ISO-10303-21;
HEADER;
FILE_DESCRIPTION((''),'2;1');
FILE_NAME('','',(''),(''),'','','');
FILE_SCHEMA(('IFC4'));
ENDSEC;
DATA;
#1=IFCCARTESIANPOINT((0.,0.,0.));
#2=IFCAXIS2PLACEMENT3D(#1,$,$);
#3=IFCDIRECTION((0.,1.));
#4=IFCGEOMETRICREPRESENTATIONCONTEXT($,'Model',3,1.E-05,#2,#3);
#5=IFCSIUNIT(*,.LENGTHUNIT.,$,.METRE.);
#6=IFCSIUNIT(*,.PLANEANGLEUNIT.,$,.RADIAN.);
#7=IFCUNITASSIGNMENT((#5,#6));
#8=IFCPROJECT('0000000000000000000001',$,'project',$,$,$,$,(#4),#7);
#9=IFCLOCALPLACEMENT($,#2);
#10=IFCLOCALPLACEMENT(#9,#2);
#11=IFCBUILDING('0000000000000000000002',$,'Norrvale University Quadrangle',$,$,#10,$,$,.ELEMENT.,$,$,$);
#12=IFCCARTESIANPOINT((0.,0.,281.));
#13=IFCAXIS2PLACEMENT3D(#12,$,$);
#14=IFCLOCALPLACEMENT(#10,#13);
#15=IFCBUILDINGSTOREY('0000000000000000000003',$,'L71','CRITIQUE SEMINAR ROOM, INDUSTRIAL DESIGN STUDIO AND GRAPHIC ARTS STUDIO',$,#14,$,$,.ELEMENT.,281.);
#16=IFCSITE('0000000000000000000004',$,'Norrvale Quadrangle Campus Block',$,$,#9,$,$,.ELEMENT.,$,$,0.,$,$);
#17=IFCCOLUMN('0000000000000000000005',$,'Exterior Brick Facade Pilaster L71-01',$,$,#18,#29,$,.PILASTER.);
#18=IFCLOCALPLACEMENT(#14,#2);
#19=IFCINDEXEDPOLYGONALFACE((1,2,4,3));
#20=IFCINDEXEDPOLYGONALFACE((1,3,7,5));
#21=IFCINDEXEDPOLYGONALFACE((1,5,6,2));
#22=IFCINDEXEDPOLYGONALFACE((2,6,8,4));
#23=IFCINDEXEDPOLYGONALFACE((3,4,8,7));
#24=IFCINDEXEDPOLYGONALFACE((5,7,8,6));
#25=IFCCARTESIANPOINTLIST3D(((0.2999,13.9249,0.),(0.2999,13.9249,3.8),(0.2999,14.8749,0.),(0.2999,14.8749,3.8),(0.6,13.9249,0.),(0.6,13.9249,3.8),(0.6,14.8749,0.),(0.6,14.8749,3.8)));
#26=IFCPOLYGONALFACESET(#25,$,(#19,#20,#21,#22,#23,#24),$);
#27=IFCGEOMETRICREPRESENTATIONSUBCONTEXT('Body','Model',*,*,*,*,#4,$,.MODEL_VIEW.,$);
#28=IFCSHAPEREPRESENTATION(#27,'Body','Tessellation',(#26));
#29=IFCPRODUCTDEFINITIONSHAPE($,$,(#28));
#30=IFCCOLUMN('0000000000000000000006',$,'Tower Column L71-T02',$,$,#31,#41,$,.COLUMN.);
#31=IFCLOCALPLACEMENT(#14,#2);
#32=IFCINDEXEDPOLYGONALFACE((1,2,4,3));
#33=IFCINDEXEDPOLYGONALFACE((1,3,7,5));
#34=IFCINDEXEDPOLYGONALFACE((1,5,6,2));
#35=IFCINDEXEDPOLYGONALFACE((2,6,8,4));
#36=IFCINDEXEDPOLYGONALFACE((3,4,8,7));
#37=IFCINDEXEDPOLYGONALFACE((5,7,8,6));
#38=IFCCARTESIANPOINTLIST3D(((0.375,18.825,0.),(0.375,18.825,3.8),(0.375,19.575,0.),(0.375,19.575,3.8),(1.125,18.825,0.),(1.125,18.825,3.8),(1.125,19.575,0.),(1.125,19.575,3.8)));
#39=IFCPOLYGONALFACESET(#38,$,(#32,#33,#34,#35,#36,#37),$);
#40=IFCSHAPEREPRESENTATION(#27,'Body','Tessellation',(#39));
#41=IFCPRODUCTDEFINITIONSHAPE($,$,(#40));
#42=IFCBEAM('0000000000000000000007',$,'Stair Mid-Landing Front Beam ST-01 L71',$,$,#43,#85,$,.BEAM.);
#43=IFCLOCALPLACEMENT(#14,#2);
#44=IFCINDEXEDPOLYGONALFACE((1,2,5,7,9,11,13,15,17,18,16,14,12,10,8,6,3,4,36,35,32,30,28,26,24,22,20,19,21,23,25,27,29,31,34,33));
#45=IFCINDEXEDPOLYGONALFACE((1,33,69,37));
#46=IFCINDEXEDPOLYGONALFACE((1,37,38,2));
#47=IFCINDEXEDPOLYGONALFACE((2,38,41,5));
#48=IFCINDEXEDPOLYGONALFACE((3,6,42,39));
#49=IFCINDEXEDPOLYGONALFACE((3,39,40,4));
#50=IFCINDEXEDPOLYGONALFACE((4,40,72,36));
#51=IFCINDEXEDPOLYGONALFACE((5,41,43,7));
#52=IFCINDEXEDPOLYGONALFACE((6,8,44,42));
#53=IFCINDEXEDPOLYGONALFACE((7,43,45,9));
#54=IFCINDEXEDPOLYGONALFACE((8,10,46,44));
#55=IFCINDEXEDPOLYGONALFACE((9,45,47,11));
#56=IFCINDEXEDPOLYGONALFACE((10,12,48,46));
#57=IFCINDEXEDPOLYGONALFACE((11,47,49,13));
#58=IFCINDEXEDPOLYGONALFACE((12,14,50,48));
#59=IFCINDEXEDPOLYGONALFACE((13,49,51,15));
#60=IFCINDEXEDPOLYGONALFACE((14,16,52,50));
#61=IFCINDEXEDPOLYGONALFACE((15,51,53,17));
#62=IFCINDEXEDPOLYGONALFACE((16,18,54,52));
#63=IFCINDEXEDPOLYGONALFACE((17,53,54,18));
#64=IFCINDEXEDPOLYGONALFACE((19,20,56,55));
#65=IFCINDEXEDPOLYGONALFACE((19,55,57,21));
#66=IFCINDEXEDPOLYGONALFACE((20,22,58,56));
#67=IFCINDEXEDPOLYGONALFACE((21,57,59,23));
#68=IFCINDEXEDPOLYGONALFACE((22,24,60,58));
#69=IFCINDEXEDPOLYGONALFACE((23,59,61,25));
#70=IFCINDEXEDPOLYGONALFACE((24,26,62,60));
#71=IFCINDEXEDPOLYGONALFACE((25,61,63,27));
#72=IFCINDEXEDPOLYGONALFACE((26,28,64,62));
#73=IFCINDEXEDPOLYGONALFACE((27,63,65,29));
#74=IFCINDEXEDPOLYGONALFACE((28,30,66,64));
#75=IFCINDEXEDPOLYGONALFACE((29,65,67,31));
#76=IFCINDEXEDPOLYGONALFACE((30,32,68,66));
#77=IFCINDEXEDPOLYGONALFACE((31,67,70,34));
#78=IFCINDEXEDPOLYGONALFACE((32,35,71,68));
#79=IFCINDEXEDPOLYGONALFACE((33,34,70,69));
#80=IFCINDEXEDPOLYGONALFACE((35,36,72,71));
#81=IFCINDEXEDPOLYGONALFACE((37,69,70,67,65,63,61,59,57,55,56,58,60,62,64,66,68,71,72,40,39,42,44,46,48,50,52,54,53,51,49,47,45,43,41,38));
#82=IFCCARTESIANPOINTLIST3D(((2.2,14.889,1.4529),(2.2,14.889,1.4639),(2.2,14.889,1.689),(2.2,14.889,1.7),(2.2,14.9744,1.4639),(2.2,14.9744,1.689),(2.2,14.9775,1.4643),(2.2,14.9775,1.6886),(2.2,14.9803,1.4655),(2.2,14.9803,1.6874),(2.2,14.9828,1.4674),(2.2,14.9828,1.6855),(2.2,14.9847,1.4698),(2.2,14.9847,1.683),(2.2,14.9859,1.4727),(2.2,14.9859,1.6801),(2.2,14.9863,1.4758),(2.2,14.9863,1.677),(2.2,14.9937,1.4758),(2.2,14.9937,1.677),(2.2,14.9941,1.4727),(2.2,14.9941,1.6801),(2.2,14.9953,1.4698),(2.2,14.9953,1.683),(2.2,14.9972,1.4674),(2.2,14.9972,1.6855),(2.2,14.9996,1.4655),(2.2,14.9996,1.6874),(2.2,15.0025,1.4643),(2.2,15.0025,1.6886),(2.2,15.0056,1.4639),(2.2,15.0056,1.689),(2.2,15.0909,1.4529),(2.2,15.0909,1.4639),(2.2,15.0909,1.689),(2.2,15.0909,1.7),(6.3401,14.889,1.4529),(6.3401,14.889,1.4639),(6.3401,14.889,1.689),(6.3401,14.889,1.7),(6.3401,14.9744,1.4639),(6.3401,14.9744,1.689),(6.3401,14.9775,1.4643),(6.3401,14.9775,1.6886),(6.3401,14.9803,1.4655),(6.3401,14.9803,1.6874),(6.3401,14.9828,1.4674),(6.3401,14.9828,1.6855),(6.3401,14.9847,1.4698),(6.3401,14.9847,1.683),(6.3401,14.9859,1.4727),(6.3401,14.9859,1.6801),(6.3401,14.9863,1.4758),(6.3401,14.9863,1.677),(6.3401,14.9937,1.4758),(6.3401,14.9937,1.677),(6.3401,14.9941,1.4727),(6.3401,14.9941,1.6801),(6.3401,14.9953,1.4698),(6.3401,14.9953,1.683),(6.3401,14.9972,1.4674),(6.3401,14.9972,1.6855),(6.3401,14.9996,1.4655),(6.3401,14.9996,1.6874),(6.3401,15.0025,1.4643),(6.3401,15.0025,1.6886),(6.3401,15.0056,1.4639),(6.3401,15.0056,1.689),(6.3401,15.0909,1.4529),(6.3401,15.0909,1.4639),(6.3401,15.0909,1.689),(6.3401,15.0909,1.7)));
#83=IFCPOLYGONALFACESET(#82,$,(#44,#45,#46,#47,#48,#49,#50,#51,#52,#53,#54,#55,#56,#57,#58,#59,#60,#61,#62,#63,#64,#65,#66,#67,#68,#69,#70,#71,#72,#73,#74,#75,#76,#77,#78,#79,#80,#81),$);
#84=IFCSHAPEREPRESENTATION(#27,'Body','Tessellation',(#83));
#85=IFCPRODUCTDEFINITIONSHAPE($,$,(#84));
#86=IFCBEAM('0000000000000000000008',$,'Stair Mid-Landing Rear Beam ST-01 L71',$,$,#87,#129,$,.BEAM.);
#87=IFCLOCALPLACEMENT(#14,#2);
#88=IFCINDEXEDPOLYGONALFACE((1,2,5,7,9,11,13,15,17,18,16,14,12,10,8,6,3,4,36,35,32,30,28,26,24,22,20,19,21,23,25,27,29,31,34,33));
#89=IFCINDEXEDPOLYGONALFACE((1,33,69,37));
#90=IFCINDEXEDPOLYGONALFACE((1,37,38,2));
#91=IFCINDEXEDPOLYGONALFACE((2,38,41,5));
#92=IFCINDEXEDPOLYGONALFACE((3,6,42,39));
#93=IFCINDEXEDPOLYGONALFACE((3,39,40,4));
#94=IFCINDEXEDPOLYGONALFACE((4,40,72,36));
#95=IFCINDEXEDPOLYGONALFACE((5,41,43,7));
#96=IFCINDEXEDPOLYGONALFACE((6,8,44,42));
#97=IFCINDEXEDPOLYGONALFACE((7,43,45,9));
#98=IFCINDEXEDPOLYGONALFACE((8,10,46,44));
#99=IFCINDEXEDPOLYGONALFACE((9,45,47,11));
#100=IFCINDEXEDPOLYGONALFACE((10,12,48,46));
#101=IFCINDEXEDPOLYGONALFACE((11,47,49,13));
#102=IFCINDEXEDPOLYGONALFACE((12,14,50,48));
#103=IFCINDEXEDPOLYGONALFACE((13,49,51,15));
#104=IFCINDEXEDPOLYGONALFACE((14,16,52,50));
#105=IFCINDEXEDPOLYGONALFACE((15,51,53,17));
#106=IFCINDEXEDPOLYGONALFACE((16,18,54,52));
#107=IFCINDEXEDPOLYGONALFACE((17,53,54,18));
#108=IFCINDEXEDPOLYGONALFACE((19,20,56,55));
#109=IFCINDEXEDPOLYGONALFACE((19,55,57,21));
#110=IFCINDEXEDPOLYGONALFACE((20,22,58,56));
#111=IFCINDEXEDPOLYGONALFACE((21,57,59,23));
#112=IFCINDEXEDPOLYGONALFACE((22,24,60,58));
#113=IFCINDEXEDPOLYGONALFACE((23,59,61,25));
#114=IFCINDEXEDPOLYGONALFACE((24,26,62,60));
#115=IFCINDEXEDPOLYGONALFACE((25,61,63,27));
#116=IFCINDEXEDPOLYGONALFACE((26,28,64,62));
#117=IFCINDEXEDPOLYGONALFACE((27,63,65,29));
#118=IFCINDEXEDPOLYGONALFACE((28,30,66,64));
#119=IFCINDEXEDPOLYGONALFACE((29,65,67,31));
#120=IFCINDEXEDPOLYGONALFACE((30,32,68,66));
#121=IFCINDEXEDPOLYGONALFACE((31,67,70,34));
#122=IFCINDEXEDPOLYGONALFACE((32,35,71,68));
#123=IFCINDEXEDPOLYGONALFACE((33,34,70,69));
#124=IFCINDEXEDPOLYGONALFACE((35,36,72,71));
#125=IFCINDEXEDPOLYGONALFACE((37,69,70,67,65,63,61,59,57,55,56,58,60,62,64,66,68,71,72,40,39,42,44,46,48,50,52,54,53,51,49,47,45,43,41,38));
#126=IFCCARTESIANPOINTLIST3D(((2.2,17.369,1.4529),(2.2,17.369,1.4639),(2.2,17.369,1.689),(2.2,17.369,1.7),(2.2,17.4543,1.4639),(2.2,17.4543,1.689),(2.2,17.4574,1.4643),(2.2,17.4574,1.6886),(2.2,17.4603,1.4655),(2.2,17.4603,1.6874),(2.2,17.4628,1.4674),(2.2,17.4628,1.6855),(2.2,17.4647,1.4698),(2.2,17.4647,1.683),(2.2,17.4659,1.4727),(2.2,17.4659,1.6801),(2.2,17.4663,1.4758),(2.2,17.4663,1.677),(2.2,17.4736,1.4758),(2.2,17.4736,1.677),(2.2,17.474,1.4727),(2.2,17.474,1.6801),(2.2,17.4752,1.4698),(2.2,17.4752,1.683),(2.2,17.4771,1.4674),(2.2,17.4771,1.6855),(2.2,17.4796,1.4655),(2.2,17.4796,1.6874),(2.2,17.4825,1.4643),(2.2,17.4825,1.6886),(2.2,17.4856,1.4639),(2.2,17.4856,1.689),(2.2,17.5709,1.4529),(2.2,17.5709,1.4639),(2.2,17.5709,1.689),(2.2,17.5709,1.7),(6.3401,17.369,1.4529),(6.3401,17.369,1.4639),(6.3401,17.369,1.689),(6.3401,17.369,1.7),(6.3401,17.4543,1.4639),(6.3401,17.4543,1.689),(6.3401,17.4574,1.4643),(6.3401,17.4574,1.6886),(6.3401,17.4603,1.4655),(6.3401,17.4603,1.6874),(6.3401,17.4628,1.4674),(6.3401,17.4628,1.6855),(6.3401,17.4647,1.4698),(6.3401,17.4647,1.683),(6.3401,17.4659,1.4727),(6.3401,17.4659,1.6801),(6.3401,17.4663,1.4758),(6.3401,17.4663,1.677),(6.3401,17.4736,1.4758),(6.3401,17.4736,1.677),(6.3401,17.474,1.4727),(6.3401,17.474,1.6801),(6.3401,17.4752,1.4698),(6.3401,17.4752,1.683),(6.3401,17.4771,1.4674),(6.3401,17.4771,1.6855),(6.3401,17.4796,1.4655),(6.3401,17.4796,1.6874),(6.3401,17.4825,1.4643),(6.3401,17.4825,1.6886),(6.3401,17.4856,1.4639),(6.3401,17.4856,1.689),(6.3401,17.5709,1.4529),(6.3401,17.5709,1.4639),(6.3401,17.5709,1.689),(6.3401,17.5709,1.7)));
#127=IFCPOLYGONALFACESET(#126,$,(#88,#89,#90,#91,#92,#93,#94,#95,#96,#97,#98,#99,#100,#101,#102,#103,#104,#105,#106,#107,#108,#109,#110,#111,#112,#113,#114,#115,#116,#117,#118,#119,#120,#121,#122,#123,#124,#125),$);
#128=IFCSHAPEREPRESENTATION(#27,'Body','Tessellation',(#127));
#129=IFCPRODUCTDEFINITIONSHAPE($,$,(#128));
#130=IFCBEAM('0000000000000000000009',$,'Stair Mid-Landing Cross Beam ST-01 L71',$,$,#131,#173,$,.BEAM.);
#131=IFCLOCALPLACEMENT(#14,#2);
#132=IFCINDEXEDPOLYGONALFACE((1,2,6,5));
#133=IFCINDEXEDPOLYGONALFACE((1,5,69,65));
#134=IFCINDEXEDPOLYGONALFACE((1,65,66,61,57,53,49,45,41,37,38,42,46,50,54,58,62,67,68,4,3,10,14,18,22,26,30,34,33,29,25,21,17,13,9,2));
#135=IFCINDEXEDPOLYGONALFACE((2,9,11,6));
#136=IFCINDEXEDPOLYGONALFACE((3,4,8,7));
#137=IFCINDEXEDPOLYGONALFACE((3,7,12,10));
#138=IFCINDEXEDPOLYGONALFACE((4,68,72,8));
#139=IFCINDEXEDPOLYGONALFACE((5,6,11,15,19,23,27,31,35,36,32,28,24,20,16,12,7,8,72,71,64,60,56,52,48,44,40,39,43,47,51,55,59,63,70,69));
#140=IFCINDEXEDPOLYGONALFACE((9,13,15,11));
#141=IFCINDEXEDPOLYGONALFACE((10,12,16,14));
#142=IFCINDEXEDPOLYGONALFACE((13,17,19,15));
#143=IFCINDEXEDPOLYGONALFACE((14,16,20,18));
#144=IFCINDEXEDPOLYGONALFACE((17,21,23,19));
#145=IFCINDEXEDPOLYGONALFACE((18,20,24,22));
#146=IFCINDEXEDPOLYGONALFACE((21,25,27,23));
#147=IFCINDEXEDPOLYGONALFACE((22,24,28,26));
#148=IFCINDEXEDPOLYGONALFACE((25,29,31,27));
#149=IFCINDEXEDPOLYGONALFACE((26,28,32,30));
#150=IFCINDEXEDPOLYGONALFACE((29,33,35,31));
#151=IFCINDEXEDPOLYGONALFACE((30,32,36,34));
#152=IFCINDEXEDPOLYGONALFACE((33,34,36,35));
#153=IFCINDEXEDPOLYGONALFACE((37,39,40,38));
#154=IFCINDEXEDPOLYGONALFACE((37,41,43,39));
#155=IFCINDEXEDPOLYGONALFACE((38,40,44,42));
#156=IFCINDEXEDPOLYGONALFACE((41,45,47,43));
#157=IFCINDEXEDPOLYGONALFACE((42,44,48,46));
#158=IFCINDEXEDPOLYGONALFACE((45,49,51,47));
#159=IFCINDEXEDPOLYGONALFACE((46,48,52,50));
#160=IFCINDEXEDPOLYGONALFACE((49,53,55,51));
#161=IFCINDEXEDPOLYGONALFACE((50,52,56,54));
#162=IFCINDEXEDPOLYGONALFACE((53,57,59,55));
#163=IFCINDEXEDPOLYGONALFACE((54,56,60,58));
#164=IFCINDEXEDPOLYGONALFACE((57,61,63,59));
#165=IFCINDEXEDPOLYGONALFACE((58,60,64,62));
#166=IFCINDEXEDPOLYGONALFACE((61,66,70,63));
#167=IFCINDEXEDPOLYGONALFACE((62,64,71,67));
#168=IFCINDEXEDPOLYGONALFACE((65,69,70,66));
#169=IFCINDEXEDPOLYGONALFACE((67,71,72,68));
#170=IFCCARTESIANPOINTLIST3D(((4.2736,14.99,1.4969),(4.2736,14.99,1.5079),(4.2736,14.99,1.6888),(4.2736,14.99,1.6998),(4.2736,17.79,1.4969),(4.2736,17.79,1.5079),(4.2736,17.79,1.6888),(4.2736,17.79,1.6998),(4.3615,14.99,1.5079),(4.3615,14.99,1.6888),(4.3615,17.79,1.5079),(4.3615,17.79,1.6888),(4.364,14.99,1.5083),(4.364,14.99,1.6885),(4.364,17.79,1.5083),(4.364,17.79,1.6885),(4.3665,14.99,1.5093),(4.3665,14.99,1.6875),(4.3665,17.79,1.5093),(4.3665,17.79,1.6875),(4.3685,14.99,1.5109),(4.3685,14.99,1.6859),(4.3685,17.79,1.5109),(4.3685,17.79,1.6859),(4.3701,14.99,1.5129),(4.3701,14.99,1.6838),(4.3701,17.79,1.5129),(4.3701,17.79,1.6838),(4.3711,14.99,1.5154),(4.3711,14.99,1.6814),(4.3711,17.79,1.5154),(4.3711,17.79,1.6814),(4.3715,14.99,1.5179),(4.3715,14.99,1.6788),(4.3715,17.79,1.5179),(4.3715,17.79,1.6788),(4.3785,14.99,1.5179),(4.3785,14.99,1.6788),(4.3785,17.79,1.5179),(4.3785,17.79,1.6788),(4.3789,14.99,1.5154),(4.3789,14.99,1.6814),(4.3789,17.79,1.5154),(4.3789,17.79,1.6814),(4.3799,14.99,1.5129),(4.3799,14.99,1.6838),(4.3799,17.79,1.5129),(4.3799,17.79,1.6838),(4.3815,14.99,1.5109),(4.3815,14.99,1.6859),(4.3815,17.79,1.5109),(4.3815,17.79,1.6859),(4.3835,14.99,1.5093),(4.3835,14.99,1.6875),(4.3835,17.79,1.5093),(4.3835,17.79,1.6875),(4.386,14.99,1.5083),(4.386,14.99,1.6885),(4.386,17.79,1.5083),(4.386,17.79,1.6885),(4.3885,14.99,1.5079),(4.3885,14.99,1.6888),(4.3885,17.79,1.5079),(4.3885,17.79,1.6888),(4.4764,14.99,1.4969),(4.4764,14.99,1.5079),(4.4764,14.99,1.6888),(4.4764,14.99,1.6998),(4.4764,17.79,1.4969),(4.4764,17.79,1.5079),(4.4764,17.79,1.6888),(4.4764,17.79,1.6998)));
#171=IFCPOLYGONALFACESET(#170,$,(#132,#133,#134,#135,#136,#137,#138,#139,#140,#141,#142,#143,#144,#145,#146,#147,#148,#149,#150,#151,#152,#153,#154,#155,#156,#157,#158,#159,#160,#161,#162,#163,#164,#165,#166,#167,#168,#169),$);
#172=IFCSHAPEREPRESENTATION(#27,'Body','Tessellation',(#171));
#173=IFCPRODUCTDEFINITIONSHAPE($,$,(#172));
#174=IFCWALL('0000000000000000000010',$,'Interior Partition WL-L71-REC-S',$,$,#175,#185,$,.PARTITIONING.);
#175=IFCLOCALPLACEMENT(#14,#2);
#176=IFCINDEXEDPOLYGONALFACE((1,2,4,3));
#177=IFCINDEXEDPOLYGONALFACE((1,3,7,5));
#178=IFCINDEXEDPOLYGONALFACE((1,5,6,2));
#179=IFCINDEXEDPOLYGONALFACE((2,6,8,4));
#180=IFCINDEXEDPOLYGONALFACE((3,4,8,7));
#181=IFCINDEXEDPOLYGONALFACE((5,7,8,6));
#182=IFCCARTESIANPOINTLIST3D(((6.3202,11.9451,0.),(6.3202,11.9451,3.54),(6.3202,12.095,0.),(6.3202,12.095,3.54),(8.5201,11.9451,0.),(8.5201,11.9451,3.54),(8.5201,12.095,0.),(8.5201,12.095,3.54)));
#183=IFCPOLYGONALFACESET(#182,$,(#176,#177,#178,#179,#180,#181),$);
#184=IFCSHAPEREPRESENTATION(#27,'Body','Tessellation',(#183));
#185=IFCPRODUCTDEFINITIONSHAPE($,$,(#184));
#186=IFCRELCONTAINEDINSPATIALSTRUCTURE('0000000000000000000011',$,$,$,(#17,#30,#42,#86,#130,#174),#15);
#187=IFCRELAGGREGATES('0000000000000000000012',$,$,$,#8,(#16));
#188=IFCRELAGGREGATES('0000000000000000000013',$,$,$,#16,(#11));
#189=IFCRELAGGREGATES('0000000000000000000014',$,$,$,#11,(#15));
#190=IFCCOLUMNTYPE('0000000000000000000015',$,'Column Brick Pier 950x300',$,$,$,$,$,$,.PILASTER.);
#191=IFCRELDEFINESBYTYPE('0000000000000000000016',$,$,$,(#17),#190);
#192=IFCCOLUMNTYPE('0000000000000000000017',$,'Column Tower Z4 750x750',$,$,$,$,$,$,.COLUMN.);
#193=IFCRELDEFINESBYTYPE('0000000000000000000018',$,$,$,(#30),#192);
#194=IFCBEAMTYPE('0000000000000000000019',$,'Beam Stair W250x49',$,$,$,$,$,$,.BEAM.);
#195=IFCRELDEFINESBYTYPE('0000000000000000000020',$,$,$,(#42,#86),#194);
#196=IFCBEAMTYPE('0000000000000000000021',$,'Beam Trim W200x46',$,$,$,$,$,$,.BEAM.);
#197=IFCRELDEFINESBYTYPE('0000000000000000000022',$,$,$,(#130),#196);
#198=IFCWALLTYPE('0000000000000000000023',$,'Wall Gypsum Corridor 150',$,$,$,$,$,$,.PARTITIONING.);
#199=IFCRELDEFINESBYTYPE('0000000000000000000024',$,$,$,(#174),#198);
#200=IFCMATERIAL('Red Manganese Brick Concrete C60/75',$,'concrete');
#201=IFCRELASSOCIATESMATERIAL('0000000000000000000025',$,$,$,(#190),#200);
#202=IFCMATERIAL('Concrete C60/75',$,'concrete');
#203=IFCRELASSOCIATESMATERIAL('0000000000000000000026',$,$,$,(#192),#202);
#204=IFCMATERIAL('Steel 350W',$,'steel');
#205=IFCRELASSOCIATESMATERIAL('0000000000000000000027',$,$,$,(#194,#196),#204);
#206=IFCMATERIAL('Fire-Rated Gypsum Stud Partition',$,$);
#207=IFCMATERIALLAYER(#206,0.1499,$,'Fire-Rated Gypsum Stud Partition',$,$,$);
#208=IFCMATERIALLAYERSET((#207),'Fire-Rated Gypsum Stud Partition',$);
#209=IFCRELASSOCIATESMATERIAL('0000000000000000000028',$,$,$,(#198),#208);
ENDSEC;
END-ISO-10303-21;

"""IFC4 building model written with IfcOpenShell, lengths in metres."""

from ifc_helpers import new_model, si_unit, direction, frame, frame_2d, origin, origin_2d, place, context, subcontext, project, spatial, rectangle, i_section, extrude, material, layer, layer_set, material_profile, profile_set, type_object, element, save


model = new_model("IFC4")

# Units and contexts
model_context = context("Model", 3, precision=1e-05, world=origin(), true_north=direction((0.0, 1.0)))
body_context = subcontext(model_context, "Body", "Model", "MODEL_VIEW")
ifc_project = project(units=[si_unit("LENGTHUNIT", "METRE"), si_unit("PLANEANGLEUNIT", "RADIAN")], contexts=[model_context])

# Site, building, storey
site_placement = place(None, origin())
site = spatial("IfcSite", under=ifc_project, at=site_placement, Name="Norrvale Quadrangle Campus Block", CompositionType="ELEMENT", RefElevation=0.0)
building_placement = place(site_placement, origin())
building = spatial("IfcBuilding", under=site, at=building_placement, Name="Norrvale University Quadrangle", CompositionType="ELEMENT")
storey_placement = place(building_placement, frame((0.0, 0.0, 281.0)))
storey = spatial("IfcBuildingStorey", under=building, at=storey_placement, Name="L71", Description="CRITIQUE SEMINAR ROOM, INDUSTRIAL DESIGN STUDIO AND GRAPHIC ARTS STUDIO", CompositionType="ELEMENT", Elevation=281.0)

# Columns
ifc_material_1 = material(Name="Red Manganese Brick Concrete C60/75", Category="concrete")
ifc_material_profile_1 = material_profile(ifc_material_1, rectangle(XDim=0.95, YDim=0.3, at=origin_2d()), Name="Red Manganese Brick Concrete C60/75")
ifc_profile_set_1 = profile_set([ifc_material_profile_1], Name="Red Manganese Brick Concrete C60/75")
column_type_1 = type_object("IfcColumnType", Name="Column Brick Pier 950x300", PredefinedType="PILASTER", material=ifc_profile_set_1)
column_1_placement = place(storey_placement, frame((0.45, 14.3999, 0.0), z_axis=(0.0, 0.0, 1.0), x_axis=(0.0, 1.0, 0.0)))
element("IfcColumn", 1, at=column_1_placement, inside=storey, type_object=column_type_1, Name="Exterior Brick Facade Pilaster L71-01", PredefinedType="PILASTER", context=body_context, shape_type="SweptSolid", body=[
    extrude(rectangle(XDim=0.95, YDim=0.3, at=origin_2d()), origin(), (0.0, 0.0, 1.0), 3.8),
])
ifc_material_2 = material(Name="Concrete C60/75", Category="concrete")
ifc_material_profile_2 = material_profile(ifc_material_2, rectangle(XDim=0.75, YDim=0.75, at=origin_2d()), Name="Concrete C60/75")
ifc_profile_set_2 = profile_set([ifc_material_profile_2], Name="Concrete C60/75")
column_type_2 = type_object("IfcColumnType", Name="Column Tower Z4 750x750", PredefinedType="COLUMN", material=ifc_profile_set_2)
column_2_placement = place(storey_placement, frame((0.75, 19.2, 0.0), z_axis=(0.0, 0.0, 1.0), x_axis=(1.0, 0.0, 0.0)))
element("IfcColumn", 2, at=column_2_placement, inside=storey, type_object=column_type_2, Name="Tower Column L71-T02", PredefinedType="COLUMN", context=body_context, shape_type="SweptSolid", body=[
    extrude(rectangle(XDim=0.75, YDim=0.75, at=origin_2d()), origin(), (0.0, 0.0, 1.0), 3.8),
])

# Beams
ifc_material_3 = material(Name="Steel 350W", Category="steel")
ifc_material_profile_3 = material_profile(ifc_material_3, i_section(OverallWidth=0.2019, OverallDepth=0.2471, WebThickness=0.0073, FlangeThickness=0.011, FilletRadius=0.012, at=origin_2d()), Name="Steel 350W")
ifc_profile_set_3 = profile_set([ifc_material_profile_3], Name="Steel 350W")
beam_type_1 = type_object("IfcBeamType", Name="Beam Stair W250x49", PredefinedType="BEAM", material=ifc_profile_set_3)
for number, where, z_axis, x_axis, name in (
    (3, (2.2, 14.99, 1.5764), (1.0, 0.0, 0.0), (0.0, 1.0, 0.0), "Stair Mid-Landing Front Beam ST-01 L71"),
    (4, (2.2, 17.47, 1.5764), (1.0, 0.0, 0.0), (0.0, 1.0, 0.0), "Stair Mid-Landing Rear Beam ST-01 L71"),
):
    element("IfcBeam", number, at=place(storey_placement, frame(where, z_axis=z_axis, x_axis=x_axis)), inside=storey, type_object=beam_type_1, Name=name, PredefinedType="BEAM", context=body_context, shape_type="SweptSolid", body=[
        extrude(i_section(OverallWidth=0.2019, OverallDepth=0.2471, WebThickness=0.0073, FlangeThickness=0.011, FilletRadius=0.012, at=origin_2d()), origin(), (0.0, 0.0, 1.0), 4.1401),
    ])
ifc_material_profile_4 = material_profile(ifc_material_3, i_section(OverallWidth=0.2029, OverallDepth=0.2029, WebThickness=0.0071, FlangeThickness=0.011, FilletRadius=0.01, at=origin_2d()), Name="Steel 350W")
ifc_profile_set_4 = profile_set([ifc_material_profile_4], Name="Steel 350W")
beam_type_2 = type_object("IfcBeamType", Name="Beam Trim W200x46", PredefinedType="BEAM", material=ifc_profile_set_4)
beam_placement = place(storey_placement, frame((4.375, 14.99, 1.5984), z_axis=(0.0, 1.0, 0.0), x_axis=(-1.0, 0.0, 0.0)))
element("IfcBeam", 5, at=beam_placement, inside=storey, type_object=beam_type_2, Name="Stair Mid-Landing Cross Beam ST-01 L71", PredefinedType="BEAM", context=body_context, shape_type="SweptSolid", body=[
    extrude(i_section(OverallWidth=0.2029, OverallDepth=0.2029, WebThickness=0.0071, FlangeThickness=0.011, FilletRadius=0.01, at=origin_2d()), origin(), (0.0, 0.0, 1.0), 2.8),
])

# Wall
ifc_material_4 = material(Name="Fire-Rated Gypsum Stud Partition")
ifc_layer_1 = layer(ifc_material_4, 0.1499, Name="Fire-Rated Gypsum Stud Partition")
ifc_layer_set_1 = layer_set([ifc_layer_1], Name="Fire-Rated Gypsum Stud Partition")
wall_type_1 = type_object("IfcWallType", Name="Wall Gypsum Corridor 150", PredefinedType="PARTITIONING", material=ifc_layer_set_1)
wall_1_placement = place(storey_placement, frame((6.3201, 12.02, 0.0), z_axis=(0.0, 0.0, 1.0), x_axis=(1.0, 0.0, 0.0)))
element("IfcWall", 6, at=wall_1_placement, inside=storey, type_object=wall_type_1, Name="Interior Partition WL-L71-REC-S", PredefinedType="PARTITIONING", context=body_context, shape_type="SweptSolid", body=[
    extrude(rectangle(XDim=2.2, YDim=0.1499, at=frame_2d((1.1001, 0.0))), origin(), (0.0, 0.0, 1.0), 3.54),
])

save(model, "model.ifc")
